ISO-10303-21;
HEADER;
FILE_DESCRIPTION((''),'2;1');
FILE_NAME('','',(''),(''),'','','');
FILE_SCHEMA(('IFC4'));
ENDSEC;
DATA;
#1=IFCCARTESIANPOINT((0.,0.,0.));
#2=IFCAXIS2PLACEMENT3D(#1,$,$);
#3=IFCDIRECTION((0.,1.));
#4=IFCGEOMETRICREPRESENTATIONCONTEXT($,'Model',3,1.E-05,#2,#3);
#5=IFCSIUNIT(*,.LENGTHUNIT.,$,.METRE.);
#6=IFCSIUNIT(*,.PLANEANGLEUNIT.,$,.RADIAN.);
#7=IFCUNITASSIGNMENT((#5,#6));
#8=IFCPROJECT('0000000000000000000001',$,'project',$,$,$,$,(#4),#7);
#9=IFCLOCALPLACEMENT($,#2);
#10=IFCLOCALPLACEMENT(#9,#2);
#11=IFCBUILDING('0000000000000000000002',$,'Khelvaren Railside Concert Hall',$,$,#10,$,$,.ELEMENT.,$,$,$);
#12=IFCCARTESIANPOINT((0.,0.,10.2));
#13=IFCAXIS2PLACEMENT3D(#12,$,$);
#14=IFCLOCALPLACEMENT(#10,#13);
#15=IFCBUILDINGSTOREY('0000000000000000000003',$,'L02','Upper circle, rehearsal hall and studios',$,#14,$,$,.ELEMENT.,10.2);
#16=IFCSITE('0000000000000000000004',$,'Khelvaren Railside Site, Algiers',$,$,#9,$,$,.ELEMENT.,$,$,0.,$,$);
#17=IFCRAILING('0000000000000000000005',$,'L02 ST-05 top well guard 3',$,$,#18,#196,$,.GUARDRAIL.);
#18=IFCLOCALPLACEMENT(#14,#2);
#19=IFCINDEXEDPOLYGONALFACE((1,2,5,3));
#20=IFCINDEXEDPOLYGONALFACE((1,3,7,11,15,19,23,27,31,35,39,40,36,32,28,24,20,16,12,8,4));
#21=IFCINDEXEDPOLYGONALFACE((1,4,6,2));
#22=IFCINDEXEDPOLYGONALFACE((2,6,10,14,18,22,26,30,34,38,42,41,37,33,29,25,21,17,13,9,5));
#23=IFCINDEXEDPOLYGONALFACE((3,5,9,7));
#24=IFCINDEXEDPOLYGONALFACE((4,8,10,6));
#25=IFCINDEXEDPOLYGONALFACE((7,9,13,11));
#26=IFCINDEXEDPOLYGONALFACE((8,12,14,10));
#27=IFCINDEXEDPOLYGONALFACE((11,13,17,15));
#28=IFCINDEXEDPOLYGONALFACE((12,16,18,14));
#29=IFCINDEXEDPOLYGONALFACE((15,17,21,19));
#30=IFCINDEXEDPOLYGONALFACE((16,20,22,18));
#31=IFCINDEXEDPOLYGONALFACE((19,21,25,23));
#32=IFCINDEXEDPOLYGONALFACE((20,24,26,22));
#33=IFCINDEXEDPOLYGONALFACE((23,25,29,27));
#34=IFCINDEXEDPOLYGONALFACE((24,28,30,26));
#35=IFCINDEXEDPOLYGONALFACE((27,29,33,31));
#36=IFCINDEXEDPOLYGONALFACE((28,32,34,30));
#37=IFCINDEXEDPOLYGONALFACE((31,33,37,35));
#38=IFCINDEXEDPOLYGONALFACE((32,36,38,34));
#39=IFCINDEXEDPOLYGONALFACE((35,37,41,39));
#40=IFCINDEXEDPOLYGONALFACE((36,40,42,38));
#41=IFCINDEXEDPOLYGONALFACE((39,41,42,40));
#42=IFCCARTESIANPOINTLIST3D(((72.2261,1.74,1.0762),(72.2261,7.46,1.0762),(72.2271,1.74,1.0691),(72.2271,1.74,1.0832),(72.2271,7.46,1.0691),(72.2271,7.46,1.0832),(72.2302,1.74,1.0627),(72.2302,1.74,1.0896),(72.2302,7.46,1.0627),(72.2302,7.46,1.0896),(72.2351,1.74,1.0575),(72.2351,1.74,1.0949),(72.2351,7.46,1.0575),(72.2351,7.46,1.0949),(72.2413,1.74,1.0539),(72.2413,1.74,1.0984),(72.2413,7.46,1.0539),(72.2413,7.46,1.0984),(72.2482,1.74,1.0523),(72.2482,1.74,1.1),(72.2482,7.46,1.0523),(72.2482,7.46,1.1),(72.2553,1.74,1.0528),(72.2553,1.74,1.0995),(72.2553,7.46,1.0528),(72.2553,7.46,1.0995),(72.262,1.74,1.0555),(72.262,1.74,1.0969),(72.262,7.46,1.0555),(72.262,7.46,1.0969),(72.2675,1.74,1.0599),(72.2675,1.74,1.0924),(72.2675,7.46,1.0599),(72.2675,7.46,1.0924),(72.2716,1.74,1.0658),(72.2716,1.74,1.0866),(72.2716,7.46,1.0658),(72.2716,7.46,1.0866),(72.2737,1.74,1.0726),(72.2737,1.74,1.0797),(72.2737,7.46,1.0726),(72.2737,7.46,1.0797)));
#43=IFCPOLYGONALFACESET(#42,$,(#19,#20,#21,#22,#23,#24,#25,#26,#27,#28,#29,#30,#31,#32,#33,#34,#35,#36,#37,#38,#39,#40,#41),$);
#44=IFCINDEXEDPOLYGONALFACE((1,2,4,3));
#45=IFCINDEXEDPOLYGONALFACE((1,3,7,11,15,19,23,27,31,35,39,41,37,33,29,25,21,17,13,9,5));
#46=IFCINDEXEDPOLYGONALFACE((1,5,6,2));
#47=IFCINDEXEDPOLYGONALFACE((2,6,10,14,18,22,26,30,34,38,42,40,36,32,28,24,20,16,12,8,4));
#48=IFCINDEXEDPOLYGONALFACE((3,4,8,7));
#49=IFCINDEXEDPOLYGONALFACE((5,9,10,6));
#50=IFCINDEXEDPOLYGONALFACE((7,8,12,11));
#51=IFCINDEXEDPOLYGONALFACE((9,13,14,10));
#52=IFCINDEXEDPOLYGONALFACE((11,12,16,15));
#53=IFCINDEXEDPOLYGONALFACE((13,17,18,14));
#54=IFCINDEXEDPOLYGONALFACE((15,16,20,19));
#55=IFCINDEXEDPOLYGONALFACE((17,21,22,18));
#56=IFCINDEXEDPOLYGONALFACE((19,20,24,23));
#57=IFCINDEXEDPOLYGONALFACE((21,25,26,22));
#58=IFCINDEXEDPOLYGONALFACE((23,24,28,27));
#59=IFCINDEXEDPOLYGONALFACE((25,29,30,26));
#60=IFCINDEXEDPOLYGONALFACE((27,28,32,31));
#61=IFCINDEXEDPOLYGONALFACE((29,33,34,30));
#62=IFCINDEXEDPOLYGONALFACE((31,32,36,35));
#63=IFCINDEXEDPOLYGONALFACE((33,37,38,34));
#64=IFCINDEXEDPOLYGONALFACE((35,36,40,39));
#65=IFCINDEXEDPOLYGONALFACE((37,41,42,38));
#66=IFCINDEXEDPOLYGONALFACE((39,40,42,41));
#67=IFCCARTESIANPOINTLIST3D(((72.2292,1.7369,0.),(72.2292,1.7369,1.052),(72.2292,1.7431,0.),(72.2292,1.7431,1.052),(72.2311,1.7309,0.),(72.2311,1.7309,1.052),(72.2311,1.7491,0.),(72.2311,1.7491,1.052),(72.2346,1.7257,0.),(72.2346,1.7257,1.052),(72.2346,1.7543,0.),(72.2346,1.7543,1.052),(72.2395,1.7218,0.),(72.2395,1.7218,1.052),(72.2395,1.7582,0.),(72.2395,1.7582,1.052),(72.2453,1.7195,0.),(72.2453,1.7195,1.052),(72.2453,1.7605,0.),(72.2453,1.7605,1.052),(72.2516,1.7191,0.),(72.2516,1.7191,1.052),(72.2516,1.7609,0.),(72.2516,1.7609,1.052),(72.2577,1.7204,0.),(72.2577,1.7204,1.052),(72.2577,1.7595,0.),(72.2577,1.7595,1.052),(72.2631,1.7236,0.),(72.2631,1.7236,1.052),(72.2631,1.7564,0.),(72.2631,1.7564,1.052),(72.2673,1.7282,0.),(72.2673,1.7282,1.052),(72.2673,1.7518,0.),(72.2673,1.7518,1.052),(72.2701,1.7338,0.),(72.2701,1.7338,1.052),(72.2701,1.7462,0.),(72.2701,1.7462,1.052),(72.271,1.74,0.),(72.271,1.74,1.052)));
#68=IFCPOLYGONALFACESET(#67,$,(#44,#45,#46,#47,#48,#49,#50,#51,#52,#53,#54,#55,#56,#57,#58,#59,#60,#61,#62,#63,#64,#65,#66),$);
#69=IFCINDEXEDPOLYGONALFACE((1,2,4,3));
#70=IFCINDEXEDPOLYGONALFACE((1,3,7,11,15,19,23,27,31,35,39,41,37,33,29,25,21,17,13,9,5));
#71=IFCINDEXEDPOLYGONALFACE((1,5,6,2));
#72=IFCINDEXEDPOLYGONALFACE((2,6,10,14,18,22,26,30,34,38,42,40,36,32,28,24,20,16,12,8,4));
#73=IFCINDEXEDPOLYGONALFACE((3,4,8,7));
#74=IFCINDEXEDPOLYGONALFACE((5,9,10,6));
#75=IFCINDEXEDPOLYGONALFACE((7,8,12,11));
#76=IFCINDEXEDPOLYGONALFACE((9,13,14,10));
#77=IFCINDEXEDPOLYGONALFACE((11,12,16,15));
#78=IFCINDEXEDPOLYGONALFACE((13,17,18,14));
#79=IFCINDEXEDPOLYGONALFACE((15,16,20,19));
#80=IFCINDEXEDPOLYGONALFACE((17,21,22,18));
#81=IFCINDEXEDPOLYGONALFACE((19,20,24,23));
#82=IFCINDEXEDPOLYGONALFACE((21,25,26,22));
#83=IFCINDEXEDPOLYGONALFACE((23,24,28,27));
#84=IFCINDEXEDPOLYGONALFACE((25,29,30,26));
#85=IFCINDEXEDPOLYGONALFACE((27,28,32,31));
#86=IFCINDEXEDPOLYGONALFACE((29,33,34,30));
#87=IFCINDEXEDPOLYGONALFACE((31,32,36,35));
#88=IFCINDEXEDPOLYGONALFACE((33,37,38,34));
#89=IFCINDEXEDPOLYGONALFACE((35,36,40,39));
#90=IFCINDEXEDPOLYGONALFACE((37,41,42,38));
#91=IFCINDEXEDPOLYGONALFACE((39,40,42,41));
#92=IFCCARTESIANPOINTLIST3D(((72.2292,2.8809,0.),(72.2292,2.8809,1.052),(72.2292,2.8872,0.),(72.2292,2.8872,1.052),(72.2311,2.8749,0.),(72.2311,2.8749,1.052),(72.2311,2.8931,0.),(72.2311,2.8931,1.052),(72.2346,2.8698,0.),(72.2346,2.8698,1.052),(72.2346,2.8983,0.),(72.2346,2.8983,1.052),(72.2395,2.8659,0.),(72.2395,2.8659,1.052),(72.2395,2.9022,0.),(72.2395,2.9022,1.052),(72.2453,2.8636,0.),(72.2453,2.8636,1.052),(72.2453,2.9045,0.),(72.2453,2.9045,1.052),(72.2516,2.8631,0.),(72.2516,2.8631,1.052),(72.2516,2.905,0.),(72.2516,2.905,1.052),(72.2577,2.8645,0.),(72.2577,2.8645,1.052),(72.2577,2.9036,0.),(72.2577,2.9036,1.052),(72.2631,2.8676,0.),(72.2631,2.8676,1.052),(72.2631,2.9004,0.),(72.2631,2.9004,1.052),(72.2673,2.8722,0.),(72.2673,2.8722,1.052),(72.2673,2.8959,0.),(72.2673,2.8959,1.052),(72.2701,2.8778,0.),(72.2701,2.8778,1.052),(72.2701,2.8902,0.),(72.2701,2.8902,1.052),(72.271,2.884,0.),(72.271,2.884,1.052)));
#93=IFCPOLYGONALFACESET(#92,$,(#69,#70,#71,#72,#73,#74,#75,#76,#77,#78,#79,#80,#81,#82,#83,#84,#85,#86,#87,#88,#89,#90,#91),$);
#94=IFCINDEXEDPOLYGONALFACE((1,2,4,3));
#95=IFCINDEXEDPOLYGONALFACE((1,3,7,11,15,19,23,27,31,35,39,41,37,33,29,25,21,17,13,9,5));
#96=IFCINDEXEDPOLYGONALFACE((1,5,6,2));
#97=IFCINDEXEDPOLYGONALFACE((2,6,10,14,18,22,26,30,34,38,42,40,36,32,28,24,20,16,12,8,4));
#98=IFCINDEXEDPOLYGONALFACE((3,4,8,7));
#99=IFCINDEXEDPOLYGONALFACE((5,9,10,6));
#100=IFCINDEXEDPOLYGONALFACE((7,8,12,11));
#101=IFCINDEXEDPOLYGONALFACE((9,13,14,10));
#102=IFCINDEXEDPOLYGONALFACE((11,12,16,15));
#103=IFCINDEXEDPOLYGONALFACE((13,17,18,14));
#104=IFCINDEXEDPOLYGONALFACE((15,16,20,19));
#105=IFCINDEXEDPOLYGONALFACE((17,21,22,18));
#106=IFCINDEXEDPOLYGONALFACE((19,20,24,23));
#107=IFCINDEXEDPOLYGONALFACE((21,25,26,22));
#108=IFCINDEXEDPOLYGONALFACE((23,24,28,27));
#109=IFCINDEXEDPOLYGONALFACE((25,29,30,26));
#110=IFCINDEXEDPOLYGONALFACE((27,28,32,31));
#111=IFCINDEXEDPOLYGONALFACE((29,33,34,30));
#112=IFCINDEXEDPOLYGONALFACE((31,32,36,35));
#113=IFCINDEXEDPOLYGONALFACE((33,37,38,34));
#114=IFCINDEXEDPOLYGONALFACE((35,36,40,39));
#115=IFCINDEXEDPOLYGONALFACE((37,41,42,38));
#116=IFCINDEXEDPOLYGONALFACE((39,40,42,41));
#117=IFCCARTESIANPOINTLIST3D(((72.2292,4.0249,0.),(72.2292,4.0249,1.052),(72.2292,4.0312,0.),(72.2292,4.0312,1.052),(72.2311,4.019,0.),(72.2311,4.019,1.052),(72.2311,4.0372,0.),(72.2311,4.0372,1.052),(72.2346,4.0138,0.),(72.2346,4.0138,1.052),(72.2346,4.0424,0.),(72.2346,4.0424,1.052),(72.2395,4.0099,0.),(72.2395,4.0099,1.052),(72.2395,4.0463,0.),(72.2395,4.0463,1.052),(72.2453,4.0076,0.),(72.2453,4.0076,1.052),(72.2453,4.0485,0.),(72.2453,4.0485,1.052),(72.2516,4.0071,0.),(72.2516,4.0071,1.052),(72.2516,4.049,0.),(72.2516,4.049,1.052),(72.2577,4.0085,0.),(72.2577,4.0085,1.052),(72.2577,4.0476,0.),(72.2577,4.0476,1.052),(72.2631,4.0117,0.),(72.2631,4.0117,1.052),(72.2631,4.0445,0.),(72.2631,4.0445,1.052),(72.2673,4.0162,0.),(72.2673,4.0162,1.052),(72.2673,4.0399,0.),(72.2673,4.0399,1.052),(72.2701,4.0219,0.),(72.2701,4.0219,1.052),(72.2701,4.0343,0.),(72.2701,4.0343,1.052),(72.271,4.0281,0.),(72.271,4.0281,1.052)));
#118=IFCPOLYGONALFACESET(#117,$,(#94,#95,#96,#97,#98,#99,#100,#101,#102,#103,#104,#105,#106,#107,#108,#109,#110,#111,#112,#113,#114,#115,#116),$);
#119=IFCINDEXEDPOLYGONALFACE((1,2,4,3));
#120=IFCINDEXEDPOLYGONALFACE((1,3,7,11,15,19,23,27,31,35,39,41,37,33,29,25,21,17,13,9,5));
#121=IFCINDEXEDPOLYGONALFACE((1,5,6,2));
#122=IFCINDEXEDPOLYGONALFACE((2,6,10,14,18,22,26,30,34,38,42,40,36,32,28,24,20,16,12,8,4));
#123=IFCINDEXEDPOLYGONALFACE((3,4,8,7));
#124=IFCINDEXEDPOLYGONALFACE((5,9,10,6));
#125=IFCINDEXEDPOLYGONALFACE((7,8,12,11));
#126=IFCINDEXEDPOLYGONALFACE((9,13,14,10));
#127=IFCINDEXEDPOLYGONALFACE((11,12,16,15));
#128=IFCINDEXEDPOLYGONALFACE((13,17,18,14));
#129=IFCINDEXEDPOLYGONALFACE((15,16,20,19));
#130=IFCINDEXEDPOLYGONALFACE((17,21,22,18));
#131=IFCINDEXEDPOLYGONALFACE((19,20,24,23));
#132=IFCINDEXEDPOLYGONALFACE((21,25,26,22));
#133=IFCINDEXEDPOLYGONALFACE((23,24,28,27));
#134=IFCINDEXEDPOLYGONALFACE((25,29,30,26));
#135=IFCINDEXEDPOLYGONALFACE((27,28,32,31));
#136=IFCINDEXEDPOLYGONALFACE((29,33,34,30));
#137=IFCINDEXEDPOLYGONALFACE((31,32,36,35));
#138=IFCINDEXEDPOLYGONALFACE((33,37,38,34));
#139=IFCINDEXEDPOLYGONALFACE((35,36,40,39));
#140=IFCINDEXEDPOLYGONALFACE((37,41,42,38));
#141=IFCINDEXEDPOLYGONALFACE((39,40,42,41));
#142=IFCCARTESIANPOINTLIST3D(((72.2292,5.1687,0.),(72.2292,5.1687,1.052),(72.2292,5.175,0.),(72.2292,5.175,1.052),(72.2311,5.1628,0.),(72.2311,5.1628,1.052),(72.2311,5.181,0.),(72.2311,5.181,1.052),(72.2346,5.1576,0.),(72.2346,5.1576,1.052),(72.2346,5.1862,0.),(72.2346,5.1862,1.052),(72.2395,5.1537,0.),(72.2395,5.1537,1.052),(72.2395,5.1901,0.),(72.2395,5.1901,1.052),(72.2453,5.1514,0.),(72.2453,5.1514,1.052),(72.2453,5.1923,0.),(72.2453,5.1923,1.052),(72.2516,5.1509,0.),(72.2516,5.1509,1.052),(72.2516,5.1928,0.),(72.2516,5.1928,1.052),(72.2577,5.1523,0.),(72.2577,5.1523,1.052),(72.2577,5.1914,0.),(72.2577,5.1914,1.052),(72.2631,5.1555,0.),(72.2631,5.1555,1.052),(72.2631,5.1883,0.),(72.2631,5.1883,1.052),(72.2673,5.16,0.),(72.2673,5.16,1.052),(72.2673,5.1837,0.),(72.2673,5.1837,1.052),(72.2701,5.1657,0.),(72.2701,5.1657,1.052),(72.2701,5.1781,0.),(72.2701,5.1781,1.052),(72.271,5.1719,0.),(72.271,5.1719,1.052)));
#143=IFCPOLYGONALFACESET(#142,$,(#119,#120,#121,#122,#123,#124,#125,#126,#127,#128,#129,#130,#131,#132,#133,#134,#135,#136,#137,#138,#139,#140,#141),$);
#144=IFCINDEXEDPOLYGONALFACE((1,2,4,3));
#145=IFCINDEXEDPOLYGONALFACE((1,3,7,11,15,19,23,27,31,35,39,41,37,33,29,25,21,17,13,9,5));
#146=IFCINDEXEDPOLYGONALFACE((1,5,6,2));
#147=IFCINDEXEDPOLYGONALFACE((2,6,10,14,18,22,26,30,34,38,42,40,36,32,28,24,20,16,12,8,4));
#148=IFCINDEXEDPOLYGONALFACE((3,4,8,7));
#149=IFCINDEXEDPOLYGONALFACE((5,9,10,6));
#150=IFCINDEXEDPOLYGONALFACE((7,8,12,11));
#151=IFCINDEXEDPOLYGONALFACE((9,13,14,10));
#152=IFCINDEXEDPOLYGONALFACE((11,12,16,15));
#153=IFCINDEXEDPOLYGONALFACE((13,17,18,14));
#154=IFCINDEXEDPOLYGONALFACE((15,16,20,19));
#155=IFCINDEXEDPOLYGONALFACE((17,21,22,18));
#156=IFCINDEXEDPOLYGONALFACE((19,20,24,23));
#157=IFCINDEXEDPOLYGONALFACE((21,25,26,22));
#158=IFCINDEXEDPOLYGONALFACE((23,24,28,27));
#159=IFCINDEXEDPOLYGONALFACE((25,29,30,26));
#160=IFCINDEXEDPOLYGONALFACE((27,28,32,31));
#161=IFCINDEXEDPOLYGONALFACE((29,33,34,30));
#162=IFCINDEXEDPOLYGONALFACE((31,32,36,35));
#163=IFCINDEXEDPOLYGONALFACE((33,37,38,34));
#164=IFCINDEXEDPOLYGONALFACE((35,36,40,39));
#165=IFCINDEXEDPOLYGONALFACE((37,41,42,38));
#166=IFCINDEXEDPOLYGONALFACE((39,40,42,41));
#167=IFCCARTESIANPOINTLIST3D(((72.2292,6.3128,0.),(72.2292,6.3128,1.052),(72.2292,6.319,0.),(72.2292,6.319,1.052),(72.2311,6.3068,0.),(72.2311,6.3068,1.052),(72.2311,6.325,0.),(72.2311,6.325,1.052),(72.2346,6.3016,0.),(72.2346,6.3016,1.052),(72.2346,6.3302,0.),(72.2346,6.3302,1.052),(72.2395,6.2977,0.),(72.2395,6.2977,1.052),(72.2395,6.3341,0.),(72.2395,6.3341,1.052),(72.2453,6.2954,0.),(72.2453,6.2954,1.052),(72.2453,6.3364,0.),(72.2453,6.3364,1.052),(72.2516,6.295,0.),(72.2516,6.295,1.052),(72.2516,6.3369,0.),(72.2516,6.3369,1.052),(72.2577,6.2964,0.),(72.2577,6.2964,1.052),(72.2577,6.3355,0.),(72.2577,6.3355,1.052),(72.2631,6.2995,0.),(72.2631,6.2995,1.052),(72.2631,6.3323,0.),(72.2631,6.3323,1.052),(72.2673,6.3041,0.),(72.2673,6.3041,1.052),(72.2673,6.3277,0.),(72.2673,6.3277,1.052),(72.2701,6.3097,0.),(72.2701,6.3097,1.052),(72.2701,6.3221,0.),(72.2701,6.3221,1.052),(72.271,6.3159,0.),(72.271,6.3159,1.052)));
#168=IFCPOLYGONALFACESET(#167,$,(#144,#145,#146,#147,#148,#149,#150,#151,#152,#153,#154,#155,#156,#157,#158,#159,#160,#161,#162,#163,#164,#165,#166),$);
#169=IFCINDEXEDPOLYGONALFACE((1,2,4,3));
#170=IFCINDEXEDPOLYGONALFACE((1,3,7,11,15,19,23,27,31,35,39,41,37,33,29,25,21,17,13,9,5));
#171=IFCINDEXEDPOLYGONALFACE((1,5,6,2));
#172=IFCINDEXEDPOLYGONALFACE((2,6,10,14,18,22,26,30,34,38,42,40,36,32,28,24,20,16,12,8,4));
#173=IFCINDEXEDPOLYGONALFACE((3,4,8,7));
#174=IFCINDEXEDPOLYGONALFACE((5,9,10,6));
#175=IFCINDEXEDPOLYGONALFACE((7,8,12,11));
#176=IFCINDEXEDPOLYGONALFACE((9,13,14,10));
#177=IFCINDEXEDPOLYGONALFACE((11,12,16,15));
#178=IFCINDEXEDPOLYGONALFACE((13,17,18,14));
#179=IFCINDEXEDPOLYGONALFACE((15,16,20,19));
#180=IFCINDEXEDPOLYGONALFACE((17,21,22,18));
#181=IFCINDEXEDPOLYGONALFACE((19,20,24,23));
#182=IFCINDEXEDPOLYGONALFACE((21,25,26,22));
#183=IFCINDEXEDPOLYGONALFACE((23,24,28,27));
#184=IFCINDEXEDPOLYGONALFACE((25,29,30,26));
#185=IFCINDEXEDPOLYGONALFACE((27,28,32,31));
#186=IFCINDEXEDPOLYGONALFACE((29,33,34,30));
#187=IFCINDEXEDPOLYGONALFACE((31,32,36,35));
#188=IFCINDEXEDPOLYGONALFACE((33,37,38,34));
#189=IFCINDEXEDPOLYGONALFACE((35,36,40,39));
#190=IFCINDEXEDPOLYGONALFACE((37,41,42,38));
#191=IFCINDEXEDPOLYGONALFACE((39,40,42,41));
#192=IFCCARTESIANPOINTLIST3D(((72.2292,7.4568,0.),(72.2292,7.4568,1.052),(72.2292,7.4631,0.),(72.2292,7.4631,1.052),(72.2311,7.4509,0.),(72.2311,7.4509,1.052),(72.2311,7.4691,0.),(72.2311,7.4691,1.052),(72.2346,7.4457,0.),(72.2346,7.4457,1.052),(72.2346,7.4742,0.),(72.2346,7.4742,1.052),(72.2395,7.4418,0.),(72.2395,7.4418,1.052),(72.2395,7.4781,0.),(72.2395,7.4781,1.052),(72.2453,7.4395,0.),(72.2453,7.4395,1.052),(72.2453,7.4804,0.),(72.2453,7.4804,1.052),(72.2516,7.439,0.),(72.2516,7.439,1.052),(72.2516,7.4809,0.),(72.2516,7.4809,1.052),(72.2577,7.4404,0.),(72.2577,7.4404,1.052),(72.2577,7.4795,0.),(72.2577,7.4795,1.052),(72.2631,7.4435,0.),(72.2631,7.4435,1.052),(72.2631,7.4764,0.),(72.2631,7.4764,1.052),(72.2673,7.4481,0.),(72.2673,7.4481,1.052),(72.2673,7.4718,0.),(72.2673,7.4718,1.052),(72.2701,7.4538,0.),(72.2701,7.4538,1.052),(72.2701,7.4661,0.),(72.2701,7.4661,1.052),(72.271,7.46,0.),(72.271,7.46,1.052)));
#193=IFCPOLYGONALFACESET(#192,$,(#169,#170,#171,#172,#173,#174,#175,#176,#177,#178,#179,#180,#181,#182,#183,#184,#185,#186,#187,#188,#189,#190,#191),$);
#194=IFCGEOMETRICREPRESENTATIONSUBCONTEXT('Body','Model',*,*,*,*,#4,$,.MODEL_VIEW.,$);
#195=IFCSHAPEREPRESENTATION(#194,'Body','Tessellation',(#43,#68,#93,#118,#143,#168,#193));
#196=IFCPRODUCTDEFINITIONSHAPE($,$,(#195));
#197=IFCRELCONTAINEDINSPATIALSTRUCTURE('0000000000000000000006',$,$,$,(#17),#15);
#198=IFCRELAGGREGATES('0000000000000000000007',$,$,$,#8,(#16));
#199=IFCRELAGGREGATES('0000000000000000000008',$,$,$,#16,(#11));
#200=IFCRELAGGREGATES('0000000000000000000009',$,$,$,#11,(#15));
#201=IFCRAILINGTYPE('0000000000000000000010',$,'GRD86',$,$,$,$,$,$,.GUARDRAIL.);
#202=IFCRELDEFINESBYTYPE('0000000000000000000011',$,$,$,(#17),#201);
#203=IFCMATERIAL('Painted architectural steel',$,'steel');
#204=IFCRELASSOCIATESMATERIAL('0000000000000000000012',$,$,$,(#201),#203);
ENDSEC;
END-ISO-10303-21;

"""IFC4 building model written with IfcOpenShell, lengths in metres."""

from ifc_helpers import new_model, si_unit, direction, frame, origin, origin_2d, place, context, subcontext, project, spatial, circle, extrude, material, type_object, element, save


model = new_model("IFC4")

# Units and contexts
model_context = context("Model", 3, precision=1e-05, world=origin(), true_north=direction((0.0, 1.0)))
body_context = subcontext(model_context, "Body", "Model", "MODEL_VIEW")
ifc_project = project(units=[si_unit("LENGTHUNIT", "METRE"), si_unit("PLANEANGLEUNIT", "RADIAN")], contexts=[model_context])

# Site, building, storey
site_placement = place(None, origin())
site = spatial("IfcSite", under=ifc_project, at=site_placement, Name="Khelvaren Railside Site, Algiers", CompositionType="ELEMENT", RefElevation=0.0)
building_placement = place(site_placement, origin())
building = spatial("IfcBuilding", under=site, at=building_placement, Name="Khelvaren Railside Concert Hall", CompositionType="ELEMENT")
storey_placement = place(building_placement, frame((0.0, 0.0, 10.2)))
storey = spatial("IfcBuildingStorey", under=building, at=storey_placement, Name="L02", Description="Upper circle, rehearsal hall and studios", CompositionType="ELEMENT", Elevation=10.2)

# Railing
ifc_material_1 = material(Name="Painted architectural steel", Category="steel")
railing_type = type_object("IfcRailingType", Name="GRD86", PredefinedType="GUARDRAIL", material=ifc_material_1)
for number, where, name in (
    (1, (72.25, 1.74, 0.0), "L02 ST-05 top well guard 3"),
):
    element("IfcRailing", number, at=place(storey_placement, frame(where)), inside=storey, type_object=railing_type, Name=name, PredefinedType="GUARDRAIL", context=body_context, shape_type="SweptSolid", body=[
        extrude(circle(Radius=0.0239, at=origin_2d()), frame((0.0, 0.0, 1.0762), z_axis=(0.0, 1.0, 0.0), x_axis=(-1.0, 0.0, 0.0)), (0.0, 0.0, 1.0), 5.72),
        extrude(circle(Radius=0.021, at=origin_2d()), origin(), (0.0, 0.0, 1.0), 1.052),
        extrude(circle(Radius=0.021, at=origin_2d()), frame((0.0, 1.144, 0.0)), (0.0, 0.0, 1.0), 1.052),
        extrude(circle(Radius=0.021, at=origin_2d()), frame((0.0, 2.2881, 0.0)), (0.0, 0.0, 1.0), 1.052),
        extrude(circle(Radius=0.021, at=origin_2d()), frame((0.0, 3.4319, 0.0)), (0.0, 0.0, 1.0), 1.052),
        extrude(circle(Radius=0.021, at=origin_2d()), frame((0.0, 4.5759, 0.0)), (0.0, 0.0, 1.0), 1.052),
        extrude(circle(Radius=0.021, at=origin_2d()), frame((0.0, 5.72, 0.0)), (0.0, 0.0, 1.0), 1.052),
    ])

save(model, "model.ifc")
